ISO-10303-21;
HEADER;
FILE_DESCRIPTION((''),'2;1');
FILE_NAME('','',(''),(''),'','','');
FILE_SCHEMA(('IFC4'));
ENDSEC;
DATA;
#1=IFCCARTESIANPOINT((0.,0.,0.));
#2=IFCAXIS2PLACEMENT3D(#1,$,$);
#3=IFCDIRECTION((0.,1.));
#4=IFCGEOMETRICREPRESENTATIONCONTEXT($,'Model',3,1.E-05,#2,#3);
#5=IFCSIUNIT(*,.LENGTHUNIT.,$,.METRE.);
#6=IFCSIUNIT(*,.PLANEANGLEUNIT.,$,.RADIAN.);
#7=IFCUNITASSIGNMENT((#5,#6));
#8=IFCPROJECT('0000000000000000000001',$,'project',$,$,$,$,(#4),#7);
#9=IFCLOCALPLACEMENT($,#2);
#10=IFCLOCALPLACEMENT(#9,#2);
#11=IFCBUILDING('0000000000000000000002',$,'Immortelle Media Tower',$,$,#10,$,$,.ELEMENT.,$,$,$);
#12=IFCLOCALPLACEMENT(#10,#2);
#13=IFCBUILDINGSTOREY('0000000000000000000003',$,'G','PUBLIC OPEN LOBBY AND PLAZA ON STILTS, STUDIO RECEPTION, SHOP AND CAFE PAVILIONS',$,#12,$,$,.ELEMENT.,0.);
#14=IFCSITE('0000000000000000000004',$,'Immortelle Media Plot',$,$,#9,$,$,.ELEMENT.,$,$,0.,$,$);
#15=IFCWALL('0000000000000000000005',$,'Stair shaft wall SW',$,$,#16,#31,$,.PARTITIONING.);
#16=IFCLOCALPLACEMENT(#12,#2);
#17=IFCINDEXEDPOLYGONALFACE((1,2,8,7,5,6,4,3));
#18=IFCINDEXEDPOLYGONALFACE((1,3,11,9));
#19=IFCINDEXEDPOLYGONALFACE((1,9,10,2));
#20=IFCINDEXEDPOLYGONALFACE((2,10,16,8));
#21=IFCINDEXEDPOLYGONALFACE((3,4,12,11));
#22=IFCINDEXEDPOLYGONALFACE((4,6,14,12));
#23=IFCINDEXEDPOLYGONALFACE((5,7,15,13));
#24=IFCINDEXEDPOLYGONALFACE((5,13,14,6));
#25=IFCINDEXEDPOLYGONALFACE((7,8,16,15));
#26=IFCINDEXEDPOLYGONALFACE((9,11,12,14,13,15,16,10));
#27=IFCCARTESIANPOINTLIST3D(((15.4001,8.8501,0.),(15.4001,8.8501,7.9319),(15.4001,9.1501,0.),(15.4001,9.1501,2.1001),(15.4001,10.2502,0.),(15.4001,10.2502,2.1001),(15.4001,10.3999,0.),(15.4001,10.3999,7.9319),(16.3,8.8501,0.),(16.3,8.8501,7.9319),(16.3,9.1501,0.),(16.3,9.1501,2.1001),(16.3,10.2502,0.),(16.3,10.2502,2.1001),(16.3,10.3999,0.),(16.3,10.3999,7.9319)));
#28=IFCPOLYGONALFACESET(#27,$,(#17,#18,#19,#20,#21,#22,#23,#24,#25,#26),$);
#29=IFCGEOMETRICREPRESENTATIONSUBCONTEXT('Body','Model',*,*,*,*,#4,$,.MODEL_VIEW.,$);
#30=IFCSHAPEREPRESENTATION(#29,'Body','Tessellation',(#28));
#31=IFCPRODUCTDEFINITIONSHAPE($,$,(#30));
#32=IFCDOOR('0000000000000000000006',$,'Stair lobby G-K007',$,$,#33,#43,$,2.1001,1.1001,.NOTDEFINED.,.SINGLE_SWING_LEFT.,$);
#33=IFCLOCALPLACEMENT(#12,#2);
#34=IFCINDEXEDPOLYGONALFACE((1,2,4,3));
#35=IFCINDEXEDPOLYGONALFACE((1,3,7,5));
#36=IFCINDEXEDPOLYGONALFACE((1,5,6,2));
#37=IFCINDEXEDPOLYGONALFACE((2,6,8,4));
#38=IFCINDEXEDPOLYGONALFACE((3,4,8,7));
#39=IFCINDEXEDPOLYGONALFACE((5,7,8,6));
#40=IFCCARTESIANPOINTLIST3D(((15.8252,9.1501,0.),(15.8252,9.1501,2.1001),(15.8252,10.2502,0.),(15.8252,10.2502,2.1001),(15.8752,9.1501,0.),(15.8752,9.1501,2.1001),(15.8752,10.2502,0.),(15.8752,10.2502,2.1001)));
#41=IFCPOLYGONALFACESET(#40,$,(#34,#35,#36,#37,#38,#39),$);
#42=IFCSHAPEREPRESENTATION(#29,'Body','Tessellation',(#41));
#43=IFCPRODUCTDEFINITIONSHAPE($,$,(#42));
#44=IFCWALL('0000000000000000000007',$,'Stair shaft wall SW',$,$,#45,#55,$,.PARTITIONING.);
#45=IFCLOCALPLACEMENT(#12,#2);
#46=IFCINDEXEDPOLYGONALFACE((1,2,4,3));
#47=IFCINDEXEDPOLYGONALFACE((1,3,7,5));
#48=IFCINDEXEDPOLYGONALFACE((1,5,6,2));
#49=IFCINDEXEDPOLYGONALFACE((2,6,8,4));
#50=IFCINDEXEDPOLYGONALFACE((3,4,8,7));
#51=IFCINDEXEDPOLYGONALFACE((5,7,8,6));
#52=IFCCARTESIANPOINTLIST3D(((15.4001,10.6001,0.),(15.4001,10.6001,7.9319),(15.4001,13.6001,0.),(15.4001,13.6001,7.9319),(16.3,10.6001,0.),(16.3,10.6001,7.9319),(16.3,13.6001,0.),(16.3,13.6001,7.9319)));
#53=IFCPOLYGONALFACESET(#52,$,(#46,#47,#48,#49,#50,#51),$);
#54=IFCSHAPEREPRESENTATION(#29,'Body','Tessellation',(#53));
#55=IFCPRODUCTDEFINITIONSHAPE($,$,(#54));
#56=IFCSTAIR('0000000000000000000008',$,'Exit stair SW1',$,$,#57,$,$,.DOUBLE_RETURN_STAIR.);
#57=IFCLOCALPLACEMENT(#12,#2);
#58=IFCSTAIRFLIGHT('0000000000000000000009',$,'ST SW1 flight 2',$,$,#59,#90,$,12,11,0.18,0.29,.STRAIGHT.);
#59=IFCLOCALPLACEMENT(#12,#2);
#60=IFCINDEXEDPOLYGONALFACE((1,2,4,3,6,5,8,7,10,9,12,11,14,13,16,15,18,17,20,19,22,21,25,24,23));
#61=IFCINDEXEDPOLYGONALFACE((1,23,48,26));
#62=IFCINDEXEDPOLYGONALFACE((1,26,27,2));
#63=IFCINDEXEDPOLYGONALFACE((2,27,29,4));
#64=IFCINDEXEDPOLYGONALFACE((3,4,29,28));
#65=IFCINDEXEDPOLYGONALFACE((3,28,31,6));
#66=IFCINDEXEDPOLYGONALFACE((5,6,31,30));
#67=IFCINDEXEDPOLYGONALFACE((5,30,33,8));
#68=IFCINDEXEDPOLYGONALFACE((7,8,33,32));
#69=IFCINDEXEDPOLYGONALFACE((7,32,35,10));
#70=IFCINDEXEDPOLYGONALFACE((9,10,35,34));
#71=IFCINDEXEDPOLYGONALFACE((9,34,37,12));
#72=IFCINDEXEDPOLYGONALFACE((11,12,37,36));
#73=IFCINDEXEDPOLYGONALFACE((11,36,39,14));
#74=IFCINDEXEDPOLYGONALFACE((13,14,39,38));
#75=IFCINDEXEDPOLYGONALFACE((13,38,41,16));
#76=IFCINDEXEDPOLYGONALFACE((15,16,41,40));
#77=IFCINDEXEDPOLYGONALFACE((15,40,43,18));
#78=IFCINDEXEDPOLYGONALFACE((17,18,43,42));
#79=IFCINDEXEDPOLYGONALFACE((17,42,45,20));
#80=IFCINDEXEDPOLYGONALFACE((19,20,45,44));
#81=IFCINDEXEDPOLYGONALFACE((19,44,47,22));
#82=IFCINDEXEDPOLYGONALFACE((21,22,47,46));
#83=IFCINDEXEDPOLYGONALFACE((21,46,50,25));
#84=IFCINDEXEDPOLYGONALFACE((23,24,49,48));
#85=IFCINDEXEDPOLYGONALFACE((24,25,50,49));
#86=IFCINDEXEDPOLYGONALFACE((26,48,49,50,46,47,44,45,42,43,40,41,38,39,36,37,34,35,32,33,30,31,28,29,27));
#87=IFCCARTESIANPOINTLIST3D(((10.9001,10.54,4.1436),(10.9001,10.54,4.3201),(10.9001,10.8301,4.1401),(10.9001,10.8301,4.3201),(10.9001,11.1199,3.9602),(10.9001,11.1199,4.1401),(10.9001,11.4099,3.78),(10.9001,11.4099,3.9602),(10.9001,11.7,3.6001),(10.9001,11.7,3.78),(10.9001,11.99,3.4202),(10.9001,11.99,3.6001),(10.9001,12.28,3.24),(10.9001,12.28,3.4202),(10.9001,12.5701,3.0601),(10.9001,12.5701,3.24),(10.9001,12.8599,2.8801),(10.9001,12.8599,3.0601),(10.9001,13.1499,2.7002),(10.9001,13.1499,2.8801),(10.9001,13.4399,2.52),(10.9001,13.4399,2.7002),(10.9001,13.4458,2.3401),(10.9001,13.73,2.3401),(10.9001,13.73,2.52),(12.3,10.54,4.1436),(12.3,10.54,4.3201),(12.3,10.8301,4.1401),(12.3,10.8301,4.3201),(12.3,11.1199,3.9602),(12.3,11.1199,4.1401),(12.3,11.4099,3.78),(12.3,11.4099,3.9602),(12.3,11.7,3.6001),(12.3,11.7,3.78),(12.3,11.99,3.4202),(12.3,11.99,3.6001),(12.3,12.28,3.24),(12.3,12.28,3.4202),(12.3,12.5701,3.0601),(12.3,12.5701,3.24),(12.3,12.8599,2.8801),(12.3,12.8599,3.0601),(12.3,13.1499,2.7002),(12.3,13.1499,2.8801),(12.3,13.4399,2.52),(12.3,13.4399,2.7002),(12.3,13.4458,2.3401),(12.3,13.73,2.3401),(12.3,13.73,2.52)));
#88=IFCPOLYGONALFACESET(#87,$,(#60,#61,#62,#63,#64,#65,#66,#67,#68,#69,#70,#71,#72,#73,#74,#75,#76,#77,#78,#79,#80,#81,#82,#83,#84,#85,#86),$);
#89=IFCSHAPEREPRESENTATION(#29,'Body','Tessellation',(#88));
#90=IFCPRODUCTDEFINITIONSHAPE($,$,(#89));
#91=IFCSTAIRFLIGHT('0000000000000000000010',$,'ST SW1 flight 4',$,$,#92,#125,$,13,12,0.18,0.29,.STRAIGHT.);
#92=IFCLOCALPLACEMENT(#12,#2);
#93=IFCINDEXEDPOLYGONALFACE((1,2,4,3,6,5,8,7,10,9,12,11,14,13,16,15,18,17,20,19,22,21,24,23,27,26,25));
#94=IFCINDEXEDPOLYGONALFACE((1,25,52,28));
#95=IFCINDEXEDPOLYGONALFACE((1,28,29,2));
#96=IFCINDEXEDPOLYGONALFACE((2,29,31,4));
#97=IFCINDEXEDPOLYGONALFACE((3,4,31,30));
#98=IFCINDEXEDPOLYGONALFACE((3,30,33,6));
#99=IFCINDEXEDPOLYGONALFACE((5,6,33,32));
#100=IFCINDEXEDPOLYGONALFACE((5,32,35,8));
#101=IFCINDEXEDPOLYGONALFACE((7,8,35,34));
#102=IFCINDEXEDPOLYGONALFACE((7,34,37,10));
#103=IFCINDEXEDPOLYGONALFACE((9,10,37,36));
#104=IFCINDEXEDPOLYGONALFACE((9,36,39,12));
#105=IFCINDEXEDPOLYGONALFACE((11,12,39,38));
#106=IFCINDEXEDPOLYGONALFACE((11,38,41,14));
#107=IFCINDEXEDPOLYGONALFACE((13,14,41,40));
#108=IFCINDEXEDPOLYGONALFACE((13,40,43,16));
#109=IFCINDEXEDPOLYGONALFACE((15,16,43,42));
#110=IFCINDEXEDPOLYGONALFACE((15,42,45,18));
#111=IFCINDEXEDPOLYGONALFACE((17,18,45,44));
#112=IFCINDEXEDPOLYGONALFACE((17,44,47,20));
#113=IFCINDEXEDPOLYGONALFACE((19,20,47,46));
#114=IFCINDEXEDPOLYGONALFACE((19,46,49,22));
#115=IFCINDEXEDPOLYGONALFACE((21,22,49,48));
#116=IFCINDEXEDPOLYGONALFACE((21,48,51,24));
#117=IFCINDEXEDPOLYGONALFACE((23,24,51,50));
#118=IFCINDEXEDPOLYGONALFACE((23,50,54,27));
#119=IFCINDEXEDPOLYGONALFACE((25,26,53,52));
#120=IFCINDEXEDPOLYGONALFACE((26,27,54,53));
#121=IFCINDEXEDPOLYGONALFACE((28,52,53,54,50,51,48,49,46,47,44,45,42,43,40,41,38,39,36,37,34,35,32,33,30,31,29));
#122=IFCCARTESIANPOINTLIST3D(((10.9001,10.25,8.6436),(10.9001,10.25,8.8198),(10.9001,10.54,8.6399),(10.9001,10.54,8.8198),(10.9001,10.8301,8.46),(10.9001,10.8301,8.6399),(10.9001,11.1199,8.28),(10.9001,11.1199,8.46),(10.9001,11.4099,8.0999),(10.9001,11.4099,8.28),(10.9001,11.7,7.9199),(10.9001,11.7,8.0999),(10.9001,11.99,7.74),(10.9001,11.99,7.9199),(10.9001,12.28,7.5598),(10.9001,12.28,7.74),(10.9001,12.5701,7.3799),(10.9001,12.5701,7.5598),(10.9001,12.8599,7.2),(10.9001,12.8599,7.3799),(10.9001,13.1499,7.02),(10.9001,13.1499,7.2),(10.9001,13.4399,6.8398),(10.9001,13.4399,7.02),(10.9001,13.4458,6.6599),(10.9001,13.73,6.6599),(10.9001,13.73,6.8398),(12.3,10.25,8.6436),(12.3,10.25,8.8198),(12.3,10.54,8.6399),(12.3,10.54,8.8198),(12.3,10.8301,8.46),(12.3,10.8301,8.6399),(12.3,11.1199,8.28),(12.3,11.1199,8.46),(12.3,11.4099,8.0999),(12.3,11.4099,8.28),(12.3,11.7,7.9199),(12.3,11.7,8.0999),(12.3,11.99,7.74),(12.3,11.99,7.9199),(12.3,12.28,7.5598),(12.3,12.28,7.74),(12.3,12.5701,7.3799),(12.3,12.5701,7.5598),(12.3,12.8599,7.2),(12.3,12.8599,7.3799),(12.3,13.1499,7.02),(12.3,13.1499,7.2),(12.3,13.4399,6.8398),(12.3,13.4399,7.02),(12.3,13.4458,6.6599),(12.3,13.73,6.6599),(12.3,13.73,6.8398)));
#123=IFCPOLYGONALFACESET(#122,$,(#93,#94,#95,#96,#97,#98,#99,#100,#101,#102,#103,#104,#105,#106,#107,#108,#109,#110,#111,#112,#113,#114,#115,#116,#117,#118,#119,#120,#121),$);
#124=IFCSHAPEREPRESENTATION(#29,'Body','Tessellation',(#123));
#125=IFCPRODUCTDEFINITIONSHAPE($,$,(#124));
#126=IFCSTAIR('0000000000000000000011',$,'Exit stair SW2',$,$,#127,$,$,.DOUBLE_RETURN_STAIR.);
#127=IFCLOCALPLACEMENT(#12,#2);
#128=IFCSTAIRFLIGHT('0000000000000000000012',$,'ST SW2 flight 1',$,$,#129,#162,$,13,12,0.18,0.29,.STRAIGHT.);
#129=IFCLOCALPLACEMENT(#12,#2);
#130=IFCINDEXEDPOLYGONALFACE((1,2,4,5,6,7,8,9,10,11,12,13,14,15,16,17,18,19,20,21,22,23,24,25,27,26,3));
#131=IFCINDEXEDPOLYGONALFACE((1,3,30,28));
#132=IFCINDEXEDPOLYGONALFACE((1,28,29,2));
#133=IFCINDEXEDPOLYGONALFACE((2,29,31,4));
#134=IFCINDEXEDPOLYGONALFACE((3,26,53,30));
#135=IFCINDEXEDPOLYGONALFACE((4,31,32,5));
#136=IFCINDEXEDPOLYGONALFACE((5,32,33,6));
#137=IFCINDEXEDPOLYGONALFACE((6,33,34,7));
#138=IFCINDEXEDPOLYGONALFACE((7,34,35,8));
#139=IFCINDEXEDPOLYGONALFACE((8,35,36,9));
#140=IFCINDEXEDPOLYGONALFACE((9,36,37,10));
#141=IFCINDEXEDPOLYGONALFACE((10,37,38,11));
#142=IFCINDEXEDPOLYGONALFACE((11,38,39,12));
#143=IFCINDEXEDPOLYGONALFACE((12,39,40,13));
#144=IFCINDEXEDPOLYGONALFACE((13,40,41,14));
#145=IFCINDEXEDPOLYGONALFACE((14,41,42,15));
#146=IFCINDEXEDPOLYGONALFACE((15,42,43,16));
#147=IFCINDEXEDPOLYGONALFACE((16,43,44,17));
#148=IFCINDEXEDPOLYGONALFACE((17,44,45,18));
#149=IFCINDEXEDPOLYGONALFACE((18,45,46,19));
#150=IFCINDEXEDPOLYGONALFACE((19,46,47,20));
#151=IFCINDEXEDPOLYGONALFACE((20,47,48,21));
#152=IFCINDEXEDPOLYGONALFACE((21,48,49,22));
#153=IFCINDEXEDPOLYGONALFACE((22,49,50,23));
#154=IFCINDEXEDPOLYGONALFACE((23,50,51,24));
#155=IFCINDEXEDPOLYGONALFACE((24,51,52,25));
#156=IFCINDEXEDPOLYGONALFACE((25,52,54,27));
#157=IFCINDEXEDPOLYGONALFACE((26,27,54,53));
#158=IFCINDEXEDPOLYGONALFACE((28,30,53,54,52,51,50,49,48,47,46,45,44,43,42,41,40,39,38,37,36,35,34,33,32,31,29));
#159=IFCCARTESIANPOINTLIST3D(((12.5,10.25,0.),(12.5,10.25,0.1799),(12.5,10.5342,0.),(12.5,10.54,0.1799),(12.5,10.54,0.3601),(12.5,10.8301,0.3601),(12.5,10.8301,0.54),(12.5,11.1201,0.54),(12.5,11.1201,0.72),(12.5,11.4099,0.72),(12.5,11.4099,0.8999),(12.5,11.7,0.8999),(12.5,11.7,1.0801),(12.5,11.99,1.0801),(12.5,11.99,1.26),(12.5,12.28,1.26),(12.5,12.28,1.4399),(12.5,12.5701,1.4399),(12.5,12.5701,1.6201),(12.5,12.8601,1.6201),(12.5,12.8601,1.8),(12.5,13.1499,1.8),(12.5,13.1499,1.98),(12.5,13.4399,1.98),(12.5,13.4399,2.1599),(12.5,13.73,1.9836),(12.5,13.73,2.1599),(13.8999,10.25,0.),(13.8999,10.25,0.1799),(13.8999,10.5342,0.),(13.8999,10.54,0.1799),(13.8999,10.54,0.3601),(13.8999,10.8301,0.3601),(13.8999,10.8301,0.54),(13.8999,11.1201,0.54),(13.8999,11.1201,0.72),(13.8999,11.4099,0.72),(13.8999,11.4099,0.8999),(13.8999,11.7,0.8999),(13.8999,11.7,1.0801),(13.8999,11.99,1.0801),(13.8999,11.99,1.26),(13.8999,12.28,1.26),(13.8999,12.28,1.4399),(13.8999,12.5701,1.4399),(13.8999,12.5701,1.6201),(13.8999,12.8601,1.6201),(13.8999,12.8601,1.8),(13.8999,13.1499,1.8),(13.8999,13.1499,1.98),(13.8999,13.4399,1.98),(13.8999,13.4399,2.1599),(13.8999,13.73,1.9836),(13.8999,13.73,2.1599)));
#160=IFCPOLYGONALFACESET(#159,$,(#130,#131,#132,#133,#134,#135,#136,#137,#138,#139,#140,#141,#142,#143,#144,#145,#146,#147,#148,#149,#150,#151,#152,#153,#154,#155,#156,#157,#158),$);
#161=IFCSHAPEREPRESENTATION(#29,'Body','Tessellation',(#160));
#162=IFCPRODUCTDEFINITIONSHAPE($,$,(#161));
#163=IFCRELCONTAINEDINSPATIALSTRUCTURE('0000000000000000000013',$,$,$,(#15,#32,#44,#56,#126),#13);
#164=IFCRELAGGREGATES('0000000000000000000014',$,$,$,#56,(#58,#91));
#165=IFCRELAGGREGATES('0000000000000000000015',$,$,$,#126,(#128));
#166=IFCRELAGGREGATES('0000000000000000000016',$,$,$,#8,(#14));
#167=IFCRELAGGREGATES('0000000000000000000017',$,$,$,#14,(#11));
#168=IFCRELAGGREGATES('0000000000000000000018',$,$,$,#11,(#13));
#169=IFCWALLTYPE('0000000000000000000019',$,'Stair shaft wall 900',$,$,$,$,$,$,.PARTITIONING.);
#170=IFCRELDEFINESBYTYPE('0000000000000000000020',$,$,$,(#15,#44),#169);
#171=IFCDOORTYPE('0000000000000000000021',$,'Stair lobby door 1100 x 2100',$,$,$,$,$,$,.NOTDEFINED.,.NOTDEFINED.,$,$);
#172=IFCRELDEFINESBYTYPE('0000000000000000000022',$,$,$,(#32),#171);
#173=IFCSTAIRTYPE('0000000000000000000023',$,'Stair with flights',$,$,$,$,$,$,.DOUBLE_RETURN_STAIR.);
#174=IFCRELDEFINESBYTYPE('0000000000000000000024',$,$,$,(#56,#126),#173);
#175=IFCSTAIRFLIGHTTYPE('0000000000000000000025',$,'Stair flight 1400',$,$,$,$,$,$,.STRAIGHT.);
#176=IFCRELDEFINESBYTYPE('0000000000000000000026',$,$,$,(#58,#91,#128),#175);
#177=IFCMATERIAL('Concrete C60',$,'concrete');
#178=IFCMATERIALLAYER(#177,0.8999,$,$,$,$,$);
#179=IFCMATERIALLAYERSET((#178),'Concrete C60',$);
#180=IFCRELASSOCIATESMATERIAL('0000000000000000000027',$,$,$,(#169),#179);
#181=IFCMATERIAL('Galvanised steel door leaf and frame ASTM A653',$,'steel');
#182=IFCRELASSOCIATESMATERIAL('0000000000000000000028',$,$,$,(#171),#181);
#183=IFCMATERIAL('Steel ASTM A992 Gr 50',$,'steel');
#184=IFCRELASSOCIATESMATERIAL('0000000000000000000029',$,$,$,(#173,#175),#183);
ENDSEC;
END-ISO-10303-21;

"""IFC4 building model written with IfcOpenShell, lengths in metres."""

from ifc_helpers import new_model, si_unit, direction, frame, frame_2d, origin, place, context, subcontext, project, spatial, polyline, rectangle, outline, extrude, material, layer, layer_set, type_object, element, fill, aggregate, save


model = new_model("IFC4")

# Units and contexts
model_context = context("Model", 3, precision=1e-05, world=origin(), true_north=direction((0.0, 1.0)))
body_context = subcontext(model_context, "Body", "Model", "MODEL_VIEW")
ifc_project = project(units=[si_unit("LENGTHUNIT", "METRE"), si_unit("PLANEANGLEUNIT", "RADIAN")], contexts=[model_context])

# Site, building, storey
site_placement = place(None, origin())
site = spatial("IfcSite", under=ifc_project, at=site_placement, Name="Immortelle Media Plot", CompositionType="ELEMENT", RefElevation=0.0)
building_placement = place(site_placement, origin())
building = spatial("IfcBuilding", under=site, at=building_placement, Name="Immortelle Media Tower", CompositionType="ELEMENT")
storey_placement = place(building_placement, origin())
storey = spatial("IfcBuildingStorey", under=building, at=storey_placement, Name="G", Description="PUBLIC OPEN LOBBY AND PLAZA ON STILTS, STUDIO RECEPTION, SHOP AND CAFE PAVILIONS", CompositionType="ELEMENT", Elevation=0.0)

# Shared definitions
ifc_material_1 = material(Name="Steel ASTM A992 Gr 50", Category="steel")

# Shared definitions
ifc_material_2 = material(Name="Concrete C60", Category="concrete")

# Wall, opening, door
ifc_layer_1 = layer(ifc_material_2, 0.8999)
ifc_layer_set_1 = layer_set([ifc_layer_1], Name="Concrete C60")
wall_type_1 = type_object("IfcWallType", Name="Stair shaft wall 900", PredefinedType="PARTITIONING", material=ifc_layer_set_1)
wall_1_placement = place(storey_placement, frame((15.8501, 8.8501, 0.0), z_axis=(0.0, 0.0, 1.0), x_axis=(0.0, 1.0, 0.0)))
wall_1 = element("IfcWall", 1, at=wall_1_placement, inside=storey, type_object=wall_type_1, Name="Stair shaft wall SW", PredefinedType="PARTITIONING", context=body_context, shape_type="SweptSolid", body=[
    extrude(rectangle(XDim=1.5498, YDim=0.8999, at=frame_2d((0.7749, 0.0))), origin(), (0.0, 0.0, 1.0), 7.9319),
])
opening_1_placement = place(wall_1_placement, frame((0.3, 0.0, 0.0)))
opening_1 = element("IfcOpeningElement", 2, at=opening_1_placement, cuts=wall_1, PredefinedType="OPENING", context=body_context, shape_type="SweptSolid", body=[
    extrude(rectangle(XDim=1.1001, YDim=2.1001, at=frame_2d((0.55, 1.05))), frame((0.0, 0.46, 0.0), z_axis=(0.0, -1.0, 0.0), x_axis=(1.0, 0.0, 0.0)), (0.0, 0.0, 1.0), 0.9199),
])
ifc_material_3 = material(Name="Galvanised steel door leaf and frame ASTM A653", Category="steel")
door_type_1 = type_object("IfcDoorType", Name="Stair lobby door 1100 x 2100", OperationType="NOTDEFINED", PredefinedType="NOTDEFINED", material=ifc_material_3)
door_1_placement = place(opening_1_placement, origin())
door_1 = element("IfcDoor", 3, at=door_1_placement, inside=storey, type_object=door_type_1, Name="Stair lobby G-K007", OperationType="SINGLE_SWING_LEFT", OverallHeight=2.1001, OverallWidth=1.1001, PredefinedType="NOTDEFINED", context=body_context, shape_type="SweptSolid", body=[
    extrude(rectangle(XDim=1.1001, YDim=2.1001, at=frame_2d((0.55, 1.05))), frame((0.0, 0.0249, 0.0), z_axis=(0.0, -1.0, 0.0), x_axis=(1.0, 0.0, 0.0)), (0.0, 0.0, 1.0), 0.05),
])
fill(opening_1, door_1)

# Wall
wall_2_placement = place(storey_placement, frame((15.8501, 10.6001, 0.0), z_axis=(0.0, 0.0, 1.0), x_axis=(0.0, 1.0, 0.0)))
element("IfcWall", 4, at=wall_2_placement, inside=storey, type_object=wall_type_1, Name="Stair shaft wall SW", PredefinedType="PARTITIONING", context=body_context, shape_type="SweptSolid", body=[
    extrude(rectangle(XDim=3.0, YDim=0.8999, at=frame_2d((1.5, 0.0))), origin(), (0.0, 0.0, 1.0), 7.9319),
])

# Stairs, stair flights
stair_type = type_object("IfcStairType", Name="Stair with flights", PredefinedType="DOUBLE_RETURN_STAIR", material=ifc_material_1)
stair_1_placement = place(storey_placement, origin())
stair_1 = element("IfcStair", 5, at=stair_1_placement, inside=storey, type_object=stair_type, Name="Exit stair SW1", PredefinedType="DOUBLE_RETURN_STAIR")
stair_flight_type = type_object("IfcStairFlightType", Name="Stair flight 1400", PredefinedType="STRAIGHT", material=ifc_material_1)
stair_flight_1_placement = place(storey_placement, frame((11.6001, 13.73, 2.3401), z_axis=(0.0, 0.0, 1.0), x_axis=(0.0, -1.0, 0.0)))
stair_flight_1 = element("IfcStairFlight", 6, at=stair_flight_1_placement, type_object=stair_flight_type, Name="ST SW1 flight 2", NumberOfRisers=12, NumberOfTreads=11, PredefinedType="STRAIGHT", RiserHeight=0.18, TreadLength=0.29, context=body_context, shape_type="SweptSolid", body=[
    extrude(outline(polyline([(0.0, 0.0), (0.0, 0.1799), (0.29, 0.1799), (0.29, 0.3601), (0.5801, 0.3601), (0.5801, 0.54), (0.8701, 0.54), (0.8701, 0.72), (1.1599, 0.72), (1.1599, 0.8999), (1.45, 0.8999), (1.45, 1.0801), (1.74, 1.0801), (1.74, 1.26), (2.03, 1.26), (2.03, 1.4399), (2.3201, 1.4399), (2.3201, 1.6201), (2.6101, 1.6201), (2.6101, 1.8), (2.8999, 1.8), (2.8999, 1.98), (3.1899, 1.98), (3.1899, 2.1599), (3.1899, 1.8035), (0.2842, 0.0), (0.0, 0.0)])), frame((0.0, 0.7, 0.0), z_axis=(0.0, -1.0, 0.0), x_axis=(1.0, 0.0, 0.0)), (0.0, 0.0, 1.0), 1.3999),
])
stair_flight_2_placement = place(storey_placement, frame((11.6001, 13.73, 6.6599), z_axis=(0.0, 0.0, 1.0), x_axis=(0.0, -1.0, 0.0)))
stair_flight_2 = element("IfcStairFlight", 7, at=stair_flight_2_placement, type_object=stair_flight_type, Name="ST SW1 flight 4", NumberOfRisers=13, NumberOfTreads=12, PredefinedType="STRAIGHT", RiserHeight=0.18, TreadLength=0.29, context=body_context, shape_type="SweptSolid", body=[
    extrude(outline(polyline([(0.0, 0.0), (0.0, 0.1799), (0.29, 0.1799), (0.29, 0.3601), (0.5801, 0.3601), (0.5801, 0.54), (0.8701, 0.54), (0.8701, 0.72), (1.1599, 0.72), (1.1599, 0.8999), (1.45, 0.8999), (1.45, 1.0801), (1.74, 1.0801), (1.74, 1.26), (2.03, 1.26), (2.03, 1.4399), (2.3201, 1.4399), (2.3201, 1.6201), (2.6101, 1.6201), (2.6101, 1.8), (2.8999, 1.8), (2.8999, 1.98), (3.1899, 1.98), (3.1899, 2.1599), (3.48, 2.1599), (3.48, 2.3401), (3.48, 1.9836), (0.2842, 0.0), (0.0, 0.0)])), frame((0.0, 0.7, 0.0), z_axis=(0.0, -1.0, 0.0), x_axis=(1.0, 0.0, 0.0)), (0.0, 0.0, 1.0), 1.3999),
])
aggregate(stair_1, [stair_flight_1, stair_flight_2])
stair_2_placement = place(storey_placement, origin())
stair_2 = element("IfcStair", 8, at=stair_2_placement, inside=storey, type_object=stair_type, Name="Exit stair SW2", PredefinedType="DOUBLE_RETURN_STAIR")
stair_flight_3_placement = place(storey_placement, frame((13.2, 10.25, 0.0), z_axis=(0.0, 0.0, 1.0), x_axis=(0.0, 1.0, 0.0)))
stair_flight_3 = element("IfcStairFlight", 9, at=stair_flight_3_placement, type_object=stair_flight_type, Name="ST SW2 flight 1", NumberOfRisers=13, NumberOfTreads=12, PredefinedType="STRAIGHT", RiserHeight=0.18, TreadLength=0.29, context=body_context, shape_type="SweptSolid", body=[
    extrude(outline(polyline([(0.0, 0.0), (0.0, 0.1799), (0.29, 0.1799), (0.29, 0.3601), (0.5801, 0.3601), (0.5801, 0.54), (0.8701, 0.54), (0.8701, 0.72), (1.1599, 0.72), (1.1599, 0.8999), (1.45, 0.8999), (1.45, 1.0801), (1.74, 1.0801), (1.74, 1.26), (2.03, 1.26), (2.03, 1.4399), (2.3201, 1.4399), (2.3201, 1.6201), (2.6101, 1.6201), (2.6101, 1.8), (2.8999, 1.8), (2.8999, 1.98), (3.1899, 1.98), (3.1899, 2.1599), (3.48, 2.1599), (3.48, 2.3401), (3.48, 1.9836), (0.2842, 0.0), (0.0, 0.0)])), frame((0.0, 0.7, 0.0), z_axis=(0.0, -1.0, 0.0), x_axis=(1.0, 0.0, 0.0)), (0.0, 0.0, 1.0), 1.3999),
])
aggregate(stair_2, [stair_flight_3])

save(model, "model.ifc")
